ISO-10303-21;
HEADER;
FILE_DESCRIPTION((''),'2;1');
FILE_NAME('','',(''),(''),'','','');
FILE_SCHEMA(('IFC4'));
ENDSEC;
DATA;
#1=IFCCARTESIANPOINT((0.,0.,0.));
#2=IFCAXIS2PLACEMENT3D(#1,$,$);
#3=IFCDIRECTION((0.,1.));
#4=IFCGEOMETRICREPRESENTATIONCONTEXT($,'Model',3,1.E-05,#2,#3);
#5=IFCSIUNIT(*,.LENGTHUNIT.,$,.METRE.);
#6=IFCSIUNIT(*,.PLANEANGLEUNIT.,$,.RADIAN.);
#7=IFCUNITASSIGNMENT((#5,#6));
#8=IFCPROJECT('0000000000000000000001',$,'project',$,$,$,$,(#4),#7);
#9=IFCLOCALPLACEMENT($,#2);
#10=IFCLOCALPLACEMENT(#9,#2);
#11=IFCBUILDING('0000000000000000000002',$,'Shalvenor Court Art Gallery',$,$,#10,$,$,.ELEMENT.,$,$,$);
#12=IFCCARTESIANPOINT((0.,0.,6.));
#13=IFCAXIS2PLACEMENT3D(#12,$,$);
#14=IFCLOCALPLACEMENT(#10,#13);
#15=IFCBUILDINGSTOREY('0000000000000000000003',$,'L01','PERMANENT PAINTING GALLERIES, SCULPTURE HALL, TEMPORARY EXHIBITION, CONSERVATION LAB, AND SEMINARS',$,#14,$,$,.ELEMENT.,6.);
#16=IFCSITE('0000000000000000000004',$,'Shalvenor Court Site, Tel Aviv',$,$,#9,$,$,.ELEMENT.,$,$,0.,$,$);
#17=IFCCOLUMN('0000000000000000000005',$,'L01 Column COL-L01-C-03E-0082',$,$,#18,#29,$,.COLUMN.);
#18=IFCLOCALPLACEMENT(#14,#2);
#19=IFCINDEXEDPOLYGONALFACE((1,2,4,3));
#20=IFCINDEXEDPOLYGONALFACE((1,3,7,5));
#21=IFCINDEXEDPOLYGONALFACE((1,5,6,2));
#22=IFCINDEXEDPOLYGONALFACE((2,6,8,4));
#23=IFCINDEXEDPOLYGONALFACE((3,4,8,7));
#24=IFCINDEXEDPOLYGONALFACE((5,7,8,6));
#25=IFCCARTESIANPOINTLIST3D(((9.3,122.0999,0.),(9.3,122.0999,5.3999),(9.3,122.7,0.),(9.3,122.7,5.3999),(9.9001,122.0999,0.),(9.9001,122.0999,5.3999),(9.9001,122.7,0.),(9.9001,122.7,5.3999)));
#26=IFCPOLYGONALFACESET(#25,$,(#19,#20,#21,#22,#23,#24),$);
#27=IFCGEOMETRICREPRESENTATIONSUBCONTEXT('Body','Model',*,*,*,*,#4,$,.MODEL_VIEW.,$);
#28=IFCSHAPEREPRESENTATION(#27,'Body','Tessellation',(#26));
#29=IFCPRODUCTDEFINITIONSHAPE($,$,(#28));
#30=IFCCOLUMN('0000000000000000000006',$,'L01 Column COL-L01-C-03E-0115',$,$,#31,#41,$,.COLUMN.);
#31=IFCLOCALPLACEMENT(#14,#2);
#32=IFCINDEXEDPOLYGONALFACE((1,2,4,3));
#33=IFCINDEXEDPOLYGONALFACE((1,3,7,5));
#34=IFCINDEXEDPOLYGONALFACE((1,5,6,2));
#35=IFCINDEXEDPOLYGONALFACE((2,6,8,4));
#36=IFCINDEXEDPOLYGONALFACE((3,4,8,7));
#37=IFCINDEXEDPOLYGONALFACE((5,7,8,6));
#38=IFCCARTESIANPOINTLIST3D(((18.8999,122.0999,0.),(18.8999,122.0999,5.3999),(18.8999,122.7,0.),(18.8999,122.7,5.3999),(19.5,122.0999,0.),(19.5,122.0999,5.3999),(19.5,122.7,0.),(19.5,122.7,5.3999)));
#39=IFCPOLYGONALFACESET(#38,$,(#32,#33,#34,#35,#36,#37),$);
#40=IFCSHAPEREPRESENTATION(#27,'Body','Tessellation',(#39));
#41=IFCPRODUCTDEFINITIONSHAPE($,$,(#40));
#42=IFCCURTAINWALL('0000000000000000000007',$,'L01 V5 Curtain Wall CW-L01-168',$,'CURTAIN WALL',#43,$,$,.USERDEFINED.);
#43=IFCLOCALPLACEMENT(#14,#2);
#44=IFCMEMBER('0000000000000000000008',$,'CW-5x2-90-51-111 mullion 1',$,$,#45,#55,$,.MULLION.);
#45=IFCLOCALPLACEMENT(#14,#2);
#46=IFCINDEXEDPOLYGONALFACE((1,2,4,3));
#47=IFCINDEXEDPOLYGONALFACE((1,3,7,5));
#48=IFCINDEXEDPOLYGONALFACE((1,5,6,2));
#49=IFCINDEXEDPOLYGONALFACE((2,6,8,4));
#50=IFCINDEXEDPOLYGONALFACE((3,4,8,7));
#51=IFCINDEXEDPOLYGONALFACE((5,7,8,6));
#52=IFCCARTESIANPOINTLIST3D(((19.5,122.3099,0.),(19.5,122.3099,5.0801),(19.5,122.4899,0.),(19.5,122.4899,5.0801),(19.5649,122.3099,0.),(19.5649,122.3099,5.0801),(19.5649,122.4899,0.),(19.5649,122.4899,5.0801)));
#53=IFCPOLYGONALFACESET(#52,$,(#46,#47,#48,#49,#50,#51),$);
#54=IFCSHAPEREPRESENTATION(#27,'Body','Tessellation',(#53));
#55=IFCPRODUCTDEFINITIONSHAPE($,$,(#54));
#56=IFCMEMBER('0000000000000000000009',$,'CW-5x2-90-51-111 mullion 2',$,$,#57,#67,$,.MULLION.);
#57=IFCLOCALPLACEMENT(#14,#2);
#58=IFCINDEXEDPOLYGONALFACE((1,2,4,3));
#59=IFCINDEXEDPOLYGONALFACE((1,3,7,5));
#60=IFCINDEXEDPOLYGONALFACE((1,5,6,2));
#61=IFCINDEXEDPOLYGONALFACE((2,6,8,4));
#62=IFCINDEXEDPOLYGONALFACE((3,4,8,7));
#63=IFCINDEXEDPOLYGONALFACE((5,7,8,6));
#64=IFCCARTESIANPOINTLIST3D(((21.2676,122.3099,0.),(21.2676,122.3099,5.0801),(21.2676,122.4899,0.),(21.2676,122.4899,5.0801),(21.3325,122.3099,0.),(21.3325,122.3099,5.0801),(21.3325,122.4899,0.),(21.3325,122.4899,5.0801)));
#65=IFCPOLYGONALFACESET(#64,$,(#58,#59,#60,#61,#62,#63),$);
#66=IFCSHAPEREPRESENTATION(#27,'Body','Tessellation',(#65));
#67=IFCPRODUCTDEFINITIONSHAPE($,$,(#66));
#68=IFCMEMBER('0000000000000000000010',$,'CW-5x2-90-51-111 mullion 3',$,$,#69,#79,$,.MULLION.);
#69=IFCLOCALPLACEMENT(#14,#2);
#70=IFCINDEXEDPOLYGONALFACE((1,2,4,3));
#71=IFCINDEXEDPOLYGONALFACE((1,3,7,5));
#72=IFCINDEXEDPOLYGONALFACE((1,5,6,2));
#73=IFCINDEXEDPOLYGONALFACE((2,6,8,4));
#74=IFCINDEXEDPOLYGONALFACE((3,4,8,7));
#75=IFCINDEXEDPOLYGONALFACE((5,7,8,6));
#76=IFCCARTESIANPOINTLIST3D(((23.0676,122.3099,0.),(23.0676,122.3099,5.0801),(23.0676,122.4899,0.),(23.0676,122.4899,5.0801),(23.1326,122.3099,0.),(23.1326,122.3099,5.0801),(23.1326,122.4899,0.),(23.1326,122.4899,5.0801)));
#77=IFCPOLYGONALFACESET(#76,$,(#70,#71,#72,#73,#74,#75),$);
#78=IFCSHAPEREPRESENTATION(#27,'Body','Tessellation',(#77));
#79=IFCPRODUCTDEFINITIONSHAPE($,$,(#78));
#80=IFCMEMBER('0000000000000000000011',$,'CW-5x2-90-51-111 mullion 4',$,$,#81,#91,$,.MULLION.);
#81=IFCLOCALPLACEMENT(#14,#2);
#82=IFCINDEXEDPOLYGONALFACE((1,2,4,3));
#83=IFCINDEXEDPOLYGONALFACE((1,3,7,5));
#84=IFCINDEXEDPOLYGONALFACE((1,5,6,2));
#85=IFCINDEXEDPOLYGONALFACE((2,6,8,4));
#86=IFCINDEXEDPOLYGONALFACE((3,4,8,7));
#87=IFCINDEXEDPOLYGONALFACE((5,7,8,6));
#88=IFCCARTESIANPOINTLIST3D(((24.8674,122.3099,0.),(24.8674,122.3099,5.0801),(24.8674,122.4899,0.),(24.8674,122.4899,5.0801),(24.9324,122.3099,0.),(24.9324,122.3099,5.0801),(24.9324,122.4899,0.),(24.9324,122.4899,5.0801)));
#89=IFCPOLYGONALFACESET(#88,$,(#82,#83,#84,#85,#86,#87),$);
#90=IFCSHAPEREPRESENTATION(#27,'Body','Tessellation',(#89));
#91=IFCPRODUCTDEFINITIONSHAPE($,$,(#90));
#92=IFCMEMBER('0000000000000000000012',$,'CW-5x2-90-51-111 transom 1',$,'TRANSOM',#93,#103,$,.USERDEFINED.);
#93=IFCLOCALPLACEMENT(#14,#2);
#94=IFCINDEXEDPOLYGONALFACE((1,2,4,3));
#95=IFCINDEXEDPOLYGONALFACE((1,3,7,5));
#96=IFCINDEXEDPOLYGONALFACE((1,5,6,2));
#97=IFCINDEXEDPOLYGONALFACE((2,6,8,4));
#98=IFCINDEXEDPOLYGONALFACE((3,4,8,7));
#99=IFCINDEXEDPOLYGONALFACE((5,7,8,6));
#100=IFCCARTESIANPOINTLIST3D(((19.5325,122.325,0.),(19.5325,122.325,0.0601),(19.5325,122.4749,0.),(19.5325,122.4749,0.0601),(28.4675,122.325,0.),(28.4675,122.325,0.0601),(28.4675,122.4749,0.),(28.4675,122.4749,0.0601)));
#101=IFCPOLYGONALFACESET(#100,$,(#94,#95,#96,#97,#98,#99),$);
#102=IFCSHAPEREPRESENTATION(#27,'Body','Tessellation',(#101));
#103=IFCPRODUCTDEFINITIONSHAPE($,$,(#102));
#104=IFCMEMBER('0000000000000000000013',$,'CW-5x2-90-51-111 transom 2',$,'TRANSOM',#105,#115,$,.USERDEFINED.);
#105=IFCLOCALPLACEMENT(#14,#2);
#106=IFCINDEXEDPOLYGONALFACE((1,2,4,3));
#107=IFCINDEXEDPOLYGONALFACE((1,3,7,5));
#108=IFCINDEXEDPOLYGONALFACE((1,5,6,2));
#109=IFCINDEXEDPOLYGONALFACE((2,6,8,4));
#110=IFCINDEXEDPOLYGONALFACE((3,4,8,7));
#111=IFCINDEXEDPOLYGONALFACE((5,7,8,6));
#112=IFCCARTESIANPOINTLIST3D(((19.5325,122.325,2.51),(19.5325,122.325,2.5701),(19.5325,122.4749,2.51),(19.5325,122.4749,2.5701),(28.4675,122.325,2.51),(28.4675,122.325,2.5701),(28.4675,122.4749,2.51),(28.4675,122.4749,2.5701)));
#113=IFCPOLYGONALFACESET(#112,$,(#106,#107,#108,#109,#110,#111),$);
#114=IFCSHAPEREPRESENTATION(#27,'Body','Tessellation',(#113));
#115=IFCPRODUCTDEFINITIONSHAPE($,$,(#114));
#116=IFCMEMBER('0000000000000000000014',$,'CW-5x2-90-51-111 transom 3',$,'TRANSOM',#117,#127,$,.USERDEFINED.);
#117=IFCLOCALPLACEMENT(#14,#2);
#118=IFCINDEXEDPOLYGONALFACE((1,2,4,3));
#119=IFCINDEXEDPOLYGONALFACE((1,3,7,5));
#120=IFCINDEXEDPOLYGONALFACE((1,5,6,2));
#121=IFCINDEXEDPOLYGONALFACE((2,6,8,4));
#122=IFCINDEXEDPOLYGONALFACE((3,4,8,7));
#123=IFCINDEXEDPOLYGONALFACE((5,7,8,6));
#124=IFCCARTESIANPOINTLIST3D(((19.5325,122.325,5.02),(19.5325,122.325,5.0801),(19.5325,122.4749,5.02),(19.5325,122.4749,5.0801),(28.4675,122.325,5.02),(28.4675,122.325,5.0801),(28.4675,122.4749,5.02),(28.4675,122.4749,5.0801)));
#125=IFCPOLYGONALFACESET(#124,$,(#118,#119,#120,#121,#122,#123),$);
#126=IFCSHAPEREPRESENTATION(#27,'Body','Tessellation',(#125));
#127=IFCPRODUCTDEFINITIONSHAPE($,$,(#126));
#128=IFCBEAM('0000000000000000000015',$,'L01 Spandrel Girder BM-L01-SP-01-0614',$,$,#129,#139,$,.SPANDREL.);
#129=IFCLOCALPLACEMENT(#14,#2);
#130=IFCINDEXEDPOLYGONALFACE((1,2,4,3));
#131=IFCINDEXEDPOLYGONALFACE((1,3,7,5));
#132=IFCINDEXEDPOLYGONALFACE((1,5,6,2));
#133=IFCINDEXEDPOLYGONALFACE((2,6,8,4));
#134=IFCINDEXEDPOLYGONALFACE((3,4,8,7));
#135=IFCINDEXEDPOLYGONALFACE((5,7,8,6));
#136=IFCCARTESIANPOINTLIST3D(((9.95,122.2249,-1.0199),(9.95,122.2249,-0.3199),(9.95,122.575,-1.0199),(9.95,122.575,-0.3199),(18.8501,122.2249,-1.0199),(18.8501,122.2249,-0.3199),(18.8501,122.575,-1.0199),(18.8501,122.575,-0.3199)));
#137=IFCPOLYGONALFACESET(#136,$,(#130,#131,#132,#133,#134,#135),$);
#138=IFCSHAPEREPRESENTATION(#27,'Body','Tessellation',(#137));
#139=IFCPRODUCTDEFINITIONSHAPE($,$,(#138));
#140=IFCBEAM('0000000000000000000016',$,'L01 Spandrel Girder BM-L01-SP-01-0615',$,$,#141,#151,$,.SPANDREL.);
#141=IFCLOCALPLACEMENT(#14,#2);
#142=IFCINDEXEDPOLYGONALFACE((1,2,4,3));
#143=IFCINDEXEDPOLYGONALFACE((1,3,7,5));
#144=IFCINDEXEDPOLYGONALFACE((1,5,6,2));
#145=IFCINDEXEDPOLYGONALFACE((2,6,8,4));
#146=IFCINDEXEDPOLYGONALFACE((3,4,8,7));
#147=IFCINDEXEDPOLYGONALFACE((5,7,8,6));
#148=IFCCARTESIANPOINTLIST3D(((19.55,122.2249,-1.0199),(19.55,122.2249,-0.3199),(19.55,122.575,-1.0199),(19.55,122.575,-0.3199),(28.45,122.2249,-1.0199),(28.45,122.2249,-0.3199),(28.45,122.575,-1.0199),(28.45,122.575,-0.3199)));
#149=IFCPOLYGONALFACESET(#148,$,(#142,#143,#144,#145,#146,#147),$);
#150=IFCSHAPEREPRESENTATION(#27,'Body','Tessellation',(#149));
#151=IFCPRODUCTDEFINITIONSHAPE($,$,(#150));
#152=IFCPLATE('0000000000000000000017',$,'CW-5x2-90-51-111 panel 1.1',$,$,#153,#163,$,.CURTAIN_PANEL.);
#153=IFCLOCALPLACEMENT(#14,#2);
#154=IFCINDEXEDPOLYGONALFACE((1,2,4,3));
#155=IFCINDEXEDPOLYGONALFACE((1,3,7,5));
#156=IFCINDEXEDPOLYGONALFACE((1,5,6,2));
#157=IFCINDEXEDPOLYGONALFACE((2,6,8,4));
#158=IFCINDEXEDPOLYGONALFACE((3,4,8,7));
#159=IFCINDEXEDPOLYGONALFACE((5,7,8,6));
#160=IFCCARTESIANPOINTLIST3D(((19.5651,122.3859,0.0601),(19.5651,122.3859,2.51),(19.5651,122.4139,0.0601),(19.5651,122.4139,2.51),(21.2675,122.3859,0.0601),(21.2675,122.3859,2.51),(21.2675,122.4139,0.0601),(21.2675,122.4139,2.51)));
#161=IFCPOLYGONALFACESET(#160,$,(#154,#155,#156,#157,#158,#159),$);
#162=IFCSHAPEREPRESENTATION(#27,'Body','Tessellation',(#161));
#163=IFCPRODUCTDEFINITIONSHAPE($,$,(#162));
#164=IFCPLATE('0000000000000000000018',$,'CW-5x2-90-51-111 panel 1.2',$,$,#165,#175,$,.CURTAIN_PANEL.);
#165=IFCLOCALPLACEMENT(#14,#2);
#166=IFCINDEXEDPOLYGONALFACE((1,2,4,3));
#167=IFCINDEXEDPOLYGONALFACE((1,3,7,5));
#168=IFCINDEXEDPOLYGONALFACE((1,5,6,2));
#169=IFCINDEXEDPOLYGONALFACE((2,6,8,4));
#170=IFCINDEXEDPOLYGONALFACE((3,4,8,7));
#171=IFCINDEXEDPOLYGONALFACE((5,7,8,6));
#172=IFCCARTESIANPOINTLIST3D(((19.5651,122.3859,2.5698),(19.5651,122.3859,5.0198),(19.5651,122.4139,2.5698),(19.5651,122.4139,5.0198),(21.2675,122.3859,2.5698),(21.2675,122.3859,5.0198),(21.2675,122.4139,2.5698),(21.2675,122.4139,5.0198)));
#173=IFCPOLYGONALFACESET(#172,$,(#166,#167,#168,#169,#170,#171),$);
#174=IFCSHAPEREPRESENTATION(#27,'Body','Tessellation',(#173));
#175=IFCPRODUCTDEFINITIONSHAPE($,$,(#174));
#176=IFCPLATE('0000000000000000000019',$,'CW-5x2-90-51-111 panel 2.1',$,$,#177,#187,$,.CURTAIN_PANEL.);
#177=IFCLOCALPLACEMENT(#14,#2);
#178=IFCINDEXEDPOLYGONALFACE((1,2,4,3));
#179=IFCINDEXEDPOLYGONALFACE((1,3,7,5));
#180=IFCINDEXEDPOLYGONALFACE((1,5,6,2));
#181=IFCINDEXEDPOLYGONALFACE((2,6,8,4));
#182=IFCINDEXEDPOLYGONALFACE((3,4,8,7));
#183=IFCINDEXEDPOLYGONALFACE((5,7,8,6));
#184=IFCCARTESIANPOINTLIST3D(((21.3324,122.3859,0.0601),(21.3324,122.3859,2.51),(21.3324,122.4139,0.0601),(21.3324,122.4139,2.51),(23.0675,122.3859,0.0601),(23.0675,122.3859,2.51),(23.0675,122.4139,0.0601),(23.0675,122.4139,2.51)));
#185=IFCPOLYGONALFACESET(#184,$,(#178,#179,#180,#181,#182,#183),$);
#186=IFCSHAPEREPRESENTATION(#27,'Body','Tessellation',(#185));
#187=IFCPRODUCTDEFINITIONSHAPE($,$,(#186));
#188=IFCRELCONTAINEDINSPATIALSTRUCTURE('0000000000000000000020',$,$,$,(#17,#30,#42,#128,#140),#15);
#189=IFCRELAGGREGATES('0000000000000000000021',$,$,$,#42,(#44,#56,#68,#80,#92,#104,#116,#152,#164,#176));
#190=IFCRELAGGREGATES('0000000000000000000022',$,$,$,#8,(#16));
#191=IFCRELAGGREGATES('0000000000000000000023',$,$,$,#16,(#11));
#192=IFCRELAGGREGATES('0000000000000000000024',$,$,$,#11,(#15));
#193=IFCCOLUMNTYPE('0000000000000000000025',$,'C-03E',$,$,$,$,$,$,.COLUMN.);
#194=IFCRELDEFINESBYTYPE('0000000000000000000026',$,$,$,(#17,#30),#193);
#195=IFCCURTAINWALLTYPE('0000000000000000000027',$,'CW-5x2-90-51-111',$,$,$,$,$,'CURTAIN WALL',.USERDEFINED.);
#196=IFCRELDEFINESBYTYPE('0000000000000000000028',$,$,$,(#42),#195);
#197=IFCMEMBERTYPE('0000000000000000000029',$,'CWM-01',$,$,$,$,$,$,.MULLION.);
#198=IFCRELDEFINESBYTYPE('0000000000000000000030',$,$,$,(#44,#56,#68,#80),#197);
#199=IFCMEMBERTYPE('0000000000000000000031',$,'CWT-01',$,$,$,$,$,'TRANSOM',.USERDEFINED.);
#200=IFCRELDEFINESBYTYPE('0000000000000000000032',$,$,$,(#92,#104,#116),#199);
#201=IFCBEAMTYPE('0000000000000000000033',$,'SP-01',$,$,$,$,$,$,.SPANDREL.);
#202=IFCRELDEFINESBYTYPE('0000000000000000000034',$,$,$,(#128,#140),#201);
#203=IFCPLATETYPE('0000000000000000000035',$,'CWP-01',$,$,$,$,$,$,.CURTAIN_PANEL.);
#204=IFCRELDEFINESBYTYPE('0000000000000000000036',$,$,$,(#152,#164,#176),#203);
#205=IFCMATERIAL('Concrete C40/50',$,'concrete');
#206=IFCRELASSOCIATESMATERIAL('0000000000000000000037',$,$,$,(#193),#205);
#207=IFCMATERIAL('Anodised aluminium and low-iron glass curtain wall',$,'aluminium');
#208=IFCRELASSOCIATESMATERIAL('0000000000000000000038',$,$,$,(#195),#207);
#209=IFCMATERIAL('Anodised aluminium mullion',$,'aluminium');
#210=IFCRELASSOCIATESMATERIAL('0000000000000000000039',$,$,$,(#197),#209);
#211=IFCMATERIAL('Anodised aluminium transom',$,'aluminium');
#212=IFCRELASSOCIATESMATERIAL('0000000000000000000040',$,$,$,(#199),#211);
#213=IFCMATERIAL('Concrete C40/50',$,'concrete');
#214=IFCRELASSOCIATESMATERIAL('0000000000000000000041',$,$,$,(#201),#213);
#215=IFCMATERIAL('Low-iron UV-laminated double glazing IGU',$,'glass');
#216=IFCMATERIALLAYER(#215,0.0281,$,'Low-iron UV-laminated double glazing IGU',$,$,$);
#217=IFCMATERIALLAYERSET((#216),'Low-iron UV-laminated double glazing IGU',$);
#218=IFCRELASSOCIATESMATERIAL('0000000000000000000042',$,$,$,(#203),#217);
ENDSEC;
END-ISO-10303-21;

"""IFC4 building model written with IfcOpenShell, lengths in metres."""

from ifc_helpers import new_model, si_unit, direction, frame, origin, origin_2d, place, context, subcontext, project, spatial, rectangle, extrude, material, layer, layer_set, material_profile, profile_set, type_object, element, aggregate, save


model = new_model("IFC4")

# Units and contexts
model_context = context("Model", 3, precision=1e-05, world=origin(), true_north=direction((0.0, 1.0)))
body_context = subcontext(model_context, "Body", "Model", "MODEL_VIEW")
ifc_project = project(units=[si_unit("LENGTHUNIT", "METRE"), si_unit("PLANEANGLEUNIT", "RADIAN")], contexts=[model_context])

# Site, building, storey
site_placement = place(None, origin())
site = spatial("IfcSite", under=ifc_project, at=site_placement, Name="Shalvenor Court Site, Tel Aviv", CompositionType="ELEMENT", RefElevation=0.0)
building_placement = place(site_placement, origin())
building = spatial("IfcBuilding", under=site, at=building_placement, Name="Shalvenor Court Art Gallery", CompositionType="ELEMENT")
storey_placement = place(building_placement, frame((0.0, 0.0, 6.0)))
storey = spatial("IfcBuildingStorey", under=building, at=storey_placement, Name="L01", Description="PERMANENT PAINTING GALLERIES, SCULPTURE HALL, TEMPORARY EXHIBITION, CONSERVATION LAB, AND SEMINARS", CompositionType="ELEMENT", Elevation=6.0)

# Columns
ifc_material_1 = material(Name="Concrete C40/50", Category="concrete")
ifc_material_profile_1 = material_profile(ifc_material_1, rectangle(XDim=0.6001, YDim=0.6001, at=origin_2d()), Name="RC 600x600")
ifc_profile_set_1 = profile_set([ifc_material_profile_1], Name="Concrete C40/50")
column_type = type_object("IfcColumnType", Name="C-03E", PredefinedType="COLUMN", material=ifc_profile_set_1)
for number, where, z_axis, x_axis, name in (
    (1, (9.6001, 122.3999, 0.0), (0.0, 0.0, 1.0), (1.0, 0.0, 0.0), "L01 Column COL-L01-C-03E-0082"),
    (2, (19.2, 122.3999, 0.0), (0.0, 0.0, 1.0), (1.0, 0.0, 0.0), "L01 Column COL-L01-C-03E-0115"),
):
    element("IfcColumn", number, at=place(storey_placement, frame(where, z_axis=z_axis, x_axis=x_axis)), inside=storey, type_object=column_type, Name=name, PredefinedType="COLUMN", context=body_context, shape_type="SweptSolid", body=[
        extrude(rectangle(XDim=0.6001, YDim=0.6001, at=origin_2d()), origin(), (0.0, 0.0, 1.0), 5.3999),
    ])

# Curtain wall, members
ifc_material_2 = material(Name="Anodised aluminium and low-iron glass curtain wall", Category="aluminium")
curtain_wall_type = type_object("IfcCurtainWallType", Name="CW-5x2-90-51-111", ElementType="CURTAIN WALL", PredefinedType="USERDEFINED", material=ifc_material_2)
curtain_wall_placement = place(storey_placement, origin())
curtain_wall = element("IfcCurtainWall", 3, at=curtain_wall_placement, inside=storey, type_object=curtain_wall_type, Name="L01 V5 Curtain Wall CW-L01-168", ObjectType="CURTAIN WALL", PredefinedType="USERDEFINED")
ifc_material_3 = material(Name="Anodised aluminium mullion", Category="aluminium")
ifc_material_profile_2 = material_profile(ifc_material_3, rectangle(XDim=0.0649, YDim=0.1799, at=origin_2d()), Name="CWM-01")
ifc_profile_set_2 = profile_set([ifc_material_profile_2], Name="Anodised aluminium mullion")
member_type_1 = type_object("IfcMemberType", Name="CWM-01", PredefinedType="MULLION", material=ifc_profile_set_2)
member_1_placement = place(storey_placement, frame((19.5325, 122.3999, 0.0), z_axis=(0.0, 0.0, 1.0), x_axis=(1.0, 0.0, 0.0)))
member_1 = element("IfcMember", 4, at=member_1_placement, type_object=member_type_1, Name="CW-5x2-90-51-111 mullion 1", PredefinedType="MULLION", context=body_context, shape_type="SweptSolid", body=[
    extrude(rectangle(XDim=0.0649, YDim=0.1799, at=origin_2d()), origin(), (0.0, 0.0, 1.0), 5.0801),
])
member_2_placement = place(storey_placement, frame((21.3, 122.3999, 0.0), z_axis=(0.0, 0.0, 1.0), x_axis=(1.0, 0.0, 0.0)))
member_2 = element("IfcMember", 5, at=member_2_placement, type_object=member_type_1, Name="CW-5x2-90-51-111 mullion 2", PredefinedType="MULLION", context=body_context, shape_type="SweptSolid", body=[
    extrude(rectangle(XDim=0.0649, YDim=0.1799, at=origin_2d()), origin(), (0.0, 0.0, 1.0), 5.0801),
])
member_3_placement = place(storey_placement, frame((23.1001, 122.3999, 0.0), z_axis=(0.0, 0.0, 1.0), x_axis=(1.0, 0.0, 0.0)))
member_3 = element("IfcMember", 6, at=member_3_placement, type_object=member_type_1, Name="CW-5x2-90-51-111 mullion 3", PredefinedType="MULLION", context=body_context, shape_type="SweptSolid", body=[
    extrude(rectangle(XDim=0.0649, YDim=0.1799, at=origin_2d()), origin(), (0.0, 0.0, 1.0), 5.0801),
])
member_4_placement = place(storey_placement, frame((24.8999, 122.3999, 0.0), z_axis=(0.0, 0.0, 1.0), x_axis=(1.0, 0.0, 0.0)))
member_4 = element("IfcMember", 7, at=member_4_placement, type_object=member_type_1, Name="CW-5x2-90-51-111 mullion 4", PredefinedType="MULLION", context=body_context, shape_type="SweptSolid", body=[
    extrude(rectangle(XDim=0.0649, YDim=0.1799, at=origin_2d()), origin(), (0.0, 0.0, 1.0), 5.0801),
])
ifc_material_4 = material(Name="Anodised aluminium transom", Category="aluminium")
ifc_material_profile_3 = material_profile(ifc_material_4, rectangle(XDim=0.1499, YDim=0.0601, at=origin_2d()), Name="CWT-01")
ifc_profile_set_3 = profile_set([ifc_material_profile_3], Name="Anodised aluminium transom")
member_type_2 = type_object("IfcMemberType", Name="CWT-01", ElementType="TRANSOM", PredefinedType="USERDEFINED", material=ifc_profile_set_3)
member_5_placement = place(storey_placement, frame((19.5325, 122.3999, 0.03), z_axis=(1.0, 0.0, 0.0), x_axis=(0.0, 1.0, 0.0)))
member_5 = element("IfcMember", 8, at=member_5_placement, type_object=member_type_2, Name="CW-5x2-90-51-111 transom 1", ObjectType="TRANSOM", PredefinedType="USERDEFINED", context=body_context, shape_type="SweptSolid", body=[
    extrude(rectangle(XDim=0.1499, YDim=0.0601, at=origin_2d()), origin(), (0.0, 0.0, 1.0), 8.9351),
])
member_6_placement = place(storey_placement, frame((19.5325, 122.3999, 2.54), z_axis=(1.0, 0.0, 0.0), x_axis=(0.0, 1.0, 0.0)))
member_6 = element("IfcMember", 9, at=member_6_placement, type_object=member_type_2, Name="CW-5x2-90-51-111 transom 2", ObjectType="TRANSOM", PredefinedType="USERDEFINED", context=body_context, shape_type="SweptSolid", body=[
    extrude(rectangle(XDim=0.1499, YDim=0.0601, at=origin_2d()), origin(), (0.0, 0.0, 1.0), 8.9351),
])
member_7_placement = place(storey_placement, frame((19.5325, 122.3999, 5.05), z_axis=(1.0, 0.0, 0.0), x_axis=(0.0, 1.0, 0.0)))
member_7 = element("IfcMember", 10, at=member_7_placement, type_object=member_type_2, Name="CW-5x2-90-51-111 transom 3", ObjectType="TRANSOM", PredefinedType="USERDEFINED", context=body_context, shape_type="SweptSolid", body=[
    extrude(rectangle(XDim=0.1499, YDim=0.0601, at=origin_2d()), origin(), (0.0, 0.0, 1.0), 8.9351),
])

# Beams
ifc_material_5 = material(Name="Concrete C40/50", Category="concrete")
ifc_material_profile_4 = material_profile(ifc_material_5, rectangle(XDim=0.3501, YDim=0.7, at=origin_2d()), Name="RC 350x700")
ifc_profile_set_4 = profile_set([ifc_material_profile_4], Name="Concrete C40/50")
beam_type = type_object("IfcBeamType", Name="SP-01", PredefinedType="SPANDREL", material=ifc_profile_set_4)
beam_1_placement = place(storey_placement, frame((9.95, 122.3999, -0.6699), z_axis=(1.0, 0.0, 0.0), x_axis=(0.0, 1.0, 0.0)))
element("IfcBeam", 11, at=beam_1_placement, inside=storey, type_object=beam_type, Name="L01 Spandrel Girder BM-L01-SP-01-0614", PredefinedType="SPANDREL", context=body_context, shape_type="SweptSolid", body=[
    extrude(rectangle(XDim=0.3501, YDim=0.7, at=origin_2d()), origin(), (0.0, 0.0, 1.0), 8.9001),
])
beam_2_placement = place(storey_placement, frame((19.55, 122.3999, -0.6699), z_axis=(1.0, 0.0, 0.0), x_axis=(0.0, 1.0, 0.0)))
element("IfcBeam", 12, at=beam_2_placement, inside=storey, type_object=beam_type, Name="L01 Spandrel Girder BM-L01-SP-01-0615", PredefinedType="SPANDREL", context=body_context, shape_type="SweptSolid", body=[
    extrude(rectangle(XDim=0.3501, YDim=0.7, at=origin_2d()), origin(), (0.0, 0.0, 1.0), 8.8999),
])

# Plates
ifc_material_6 = material(Name="Low-iron UV-laminated double glazing IGU", Category="glass")
ifc_layer_1 = layer(ifc_material_6, 0.0281, Name="Low-iron UV-laminated double glazing IGU")
ifc_layer_set_1 = layer_set([ifc_layer_1], Name="Low-iron UV-laminated double glazing IGU")
plate_type_1 = type_object("IfcPlateType", Name="CWP-01", PredefinedType="CURTAIN_PANEL", material=ifc_layer_set_1)
plate_1_placement = place(storey_placement, frame((20.4163, 122.3999, 0.0601), z_axis=(0.0, 0.0, 1.0), x_axis=(1.0, 0.0, 0.0)))
plate_1 = element("IfcPlate", 13, at=plate_1_placement, type_object=plate_type_1, Name="CW-5x2-90-51-111 panel 1.1", PredefinedType="CURTAIN_PANEL", context=body_context, shape_type="SweptSolid", body=[
    extrude(rectangle(XDim=1.7024, YDim=0.0281, at=origin_2d()), origin(), (0.0, 0.0, 1.0), 2.45),
])
plate_2_placement = place(storey_placement, frame((20.4163, 122.3999, 2.5698), z_axis=(0.0, 0.0, 1.0), x_axis=(1.0, 0.0, 0.0)))
plate_2 = element("IfcPlate", 14, at=plate_2_placement, type_object=plate_type_1, Name="CW-5x2-90-51-111 panel 1.2", PredefinedType="CURTAIN_PANEL", context=body_context, shape_type="SweptSolid", body=[
    extrude(rectangle(XDim=1.7024, YDim=0.0281, at=origin_2d()), origin(), (0.0, 0.0, 1.0), 2.45),
])
plate_3_placement = place(storey_placement, frame((22.2, 122.3999, 0.0601), z_axis=(0.0, 0.0, 1.0), x_axis=(1.0, 0.0, 0.0)))
plate_3 = element("IfcPlate", 15, at=plate_3_placement, type_object=plate_type_1, Name="CW-5x2-90-51-111 panel 2.1", PredefinedType="CURTAIN_PANEL", context=body_context, shape_type="SweptSolid", body=[
    extrude(rectangle(XDim=1.7351, YDim=0.0281, at=origin_2d()), origin(), (0.0, 0.0, 1.0), 2.45),
])
aggregate(curtain_wall, [member_1, member_2, member_3, member_4, member_5, member_6, member_7, plate_1, plate_2, plate_3])

save(model, "model.ifc")
